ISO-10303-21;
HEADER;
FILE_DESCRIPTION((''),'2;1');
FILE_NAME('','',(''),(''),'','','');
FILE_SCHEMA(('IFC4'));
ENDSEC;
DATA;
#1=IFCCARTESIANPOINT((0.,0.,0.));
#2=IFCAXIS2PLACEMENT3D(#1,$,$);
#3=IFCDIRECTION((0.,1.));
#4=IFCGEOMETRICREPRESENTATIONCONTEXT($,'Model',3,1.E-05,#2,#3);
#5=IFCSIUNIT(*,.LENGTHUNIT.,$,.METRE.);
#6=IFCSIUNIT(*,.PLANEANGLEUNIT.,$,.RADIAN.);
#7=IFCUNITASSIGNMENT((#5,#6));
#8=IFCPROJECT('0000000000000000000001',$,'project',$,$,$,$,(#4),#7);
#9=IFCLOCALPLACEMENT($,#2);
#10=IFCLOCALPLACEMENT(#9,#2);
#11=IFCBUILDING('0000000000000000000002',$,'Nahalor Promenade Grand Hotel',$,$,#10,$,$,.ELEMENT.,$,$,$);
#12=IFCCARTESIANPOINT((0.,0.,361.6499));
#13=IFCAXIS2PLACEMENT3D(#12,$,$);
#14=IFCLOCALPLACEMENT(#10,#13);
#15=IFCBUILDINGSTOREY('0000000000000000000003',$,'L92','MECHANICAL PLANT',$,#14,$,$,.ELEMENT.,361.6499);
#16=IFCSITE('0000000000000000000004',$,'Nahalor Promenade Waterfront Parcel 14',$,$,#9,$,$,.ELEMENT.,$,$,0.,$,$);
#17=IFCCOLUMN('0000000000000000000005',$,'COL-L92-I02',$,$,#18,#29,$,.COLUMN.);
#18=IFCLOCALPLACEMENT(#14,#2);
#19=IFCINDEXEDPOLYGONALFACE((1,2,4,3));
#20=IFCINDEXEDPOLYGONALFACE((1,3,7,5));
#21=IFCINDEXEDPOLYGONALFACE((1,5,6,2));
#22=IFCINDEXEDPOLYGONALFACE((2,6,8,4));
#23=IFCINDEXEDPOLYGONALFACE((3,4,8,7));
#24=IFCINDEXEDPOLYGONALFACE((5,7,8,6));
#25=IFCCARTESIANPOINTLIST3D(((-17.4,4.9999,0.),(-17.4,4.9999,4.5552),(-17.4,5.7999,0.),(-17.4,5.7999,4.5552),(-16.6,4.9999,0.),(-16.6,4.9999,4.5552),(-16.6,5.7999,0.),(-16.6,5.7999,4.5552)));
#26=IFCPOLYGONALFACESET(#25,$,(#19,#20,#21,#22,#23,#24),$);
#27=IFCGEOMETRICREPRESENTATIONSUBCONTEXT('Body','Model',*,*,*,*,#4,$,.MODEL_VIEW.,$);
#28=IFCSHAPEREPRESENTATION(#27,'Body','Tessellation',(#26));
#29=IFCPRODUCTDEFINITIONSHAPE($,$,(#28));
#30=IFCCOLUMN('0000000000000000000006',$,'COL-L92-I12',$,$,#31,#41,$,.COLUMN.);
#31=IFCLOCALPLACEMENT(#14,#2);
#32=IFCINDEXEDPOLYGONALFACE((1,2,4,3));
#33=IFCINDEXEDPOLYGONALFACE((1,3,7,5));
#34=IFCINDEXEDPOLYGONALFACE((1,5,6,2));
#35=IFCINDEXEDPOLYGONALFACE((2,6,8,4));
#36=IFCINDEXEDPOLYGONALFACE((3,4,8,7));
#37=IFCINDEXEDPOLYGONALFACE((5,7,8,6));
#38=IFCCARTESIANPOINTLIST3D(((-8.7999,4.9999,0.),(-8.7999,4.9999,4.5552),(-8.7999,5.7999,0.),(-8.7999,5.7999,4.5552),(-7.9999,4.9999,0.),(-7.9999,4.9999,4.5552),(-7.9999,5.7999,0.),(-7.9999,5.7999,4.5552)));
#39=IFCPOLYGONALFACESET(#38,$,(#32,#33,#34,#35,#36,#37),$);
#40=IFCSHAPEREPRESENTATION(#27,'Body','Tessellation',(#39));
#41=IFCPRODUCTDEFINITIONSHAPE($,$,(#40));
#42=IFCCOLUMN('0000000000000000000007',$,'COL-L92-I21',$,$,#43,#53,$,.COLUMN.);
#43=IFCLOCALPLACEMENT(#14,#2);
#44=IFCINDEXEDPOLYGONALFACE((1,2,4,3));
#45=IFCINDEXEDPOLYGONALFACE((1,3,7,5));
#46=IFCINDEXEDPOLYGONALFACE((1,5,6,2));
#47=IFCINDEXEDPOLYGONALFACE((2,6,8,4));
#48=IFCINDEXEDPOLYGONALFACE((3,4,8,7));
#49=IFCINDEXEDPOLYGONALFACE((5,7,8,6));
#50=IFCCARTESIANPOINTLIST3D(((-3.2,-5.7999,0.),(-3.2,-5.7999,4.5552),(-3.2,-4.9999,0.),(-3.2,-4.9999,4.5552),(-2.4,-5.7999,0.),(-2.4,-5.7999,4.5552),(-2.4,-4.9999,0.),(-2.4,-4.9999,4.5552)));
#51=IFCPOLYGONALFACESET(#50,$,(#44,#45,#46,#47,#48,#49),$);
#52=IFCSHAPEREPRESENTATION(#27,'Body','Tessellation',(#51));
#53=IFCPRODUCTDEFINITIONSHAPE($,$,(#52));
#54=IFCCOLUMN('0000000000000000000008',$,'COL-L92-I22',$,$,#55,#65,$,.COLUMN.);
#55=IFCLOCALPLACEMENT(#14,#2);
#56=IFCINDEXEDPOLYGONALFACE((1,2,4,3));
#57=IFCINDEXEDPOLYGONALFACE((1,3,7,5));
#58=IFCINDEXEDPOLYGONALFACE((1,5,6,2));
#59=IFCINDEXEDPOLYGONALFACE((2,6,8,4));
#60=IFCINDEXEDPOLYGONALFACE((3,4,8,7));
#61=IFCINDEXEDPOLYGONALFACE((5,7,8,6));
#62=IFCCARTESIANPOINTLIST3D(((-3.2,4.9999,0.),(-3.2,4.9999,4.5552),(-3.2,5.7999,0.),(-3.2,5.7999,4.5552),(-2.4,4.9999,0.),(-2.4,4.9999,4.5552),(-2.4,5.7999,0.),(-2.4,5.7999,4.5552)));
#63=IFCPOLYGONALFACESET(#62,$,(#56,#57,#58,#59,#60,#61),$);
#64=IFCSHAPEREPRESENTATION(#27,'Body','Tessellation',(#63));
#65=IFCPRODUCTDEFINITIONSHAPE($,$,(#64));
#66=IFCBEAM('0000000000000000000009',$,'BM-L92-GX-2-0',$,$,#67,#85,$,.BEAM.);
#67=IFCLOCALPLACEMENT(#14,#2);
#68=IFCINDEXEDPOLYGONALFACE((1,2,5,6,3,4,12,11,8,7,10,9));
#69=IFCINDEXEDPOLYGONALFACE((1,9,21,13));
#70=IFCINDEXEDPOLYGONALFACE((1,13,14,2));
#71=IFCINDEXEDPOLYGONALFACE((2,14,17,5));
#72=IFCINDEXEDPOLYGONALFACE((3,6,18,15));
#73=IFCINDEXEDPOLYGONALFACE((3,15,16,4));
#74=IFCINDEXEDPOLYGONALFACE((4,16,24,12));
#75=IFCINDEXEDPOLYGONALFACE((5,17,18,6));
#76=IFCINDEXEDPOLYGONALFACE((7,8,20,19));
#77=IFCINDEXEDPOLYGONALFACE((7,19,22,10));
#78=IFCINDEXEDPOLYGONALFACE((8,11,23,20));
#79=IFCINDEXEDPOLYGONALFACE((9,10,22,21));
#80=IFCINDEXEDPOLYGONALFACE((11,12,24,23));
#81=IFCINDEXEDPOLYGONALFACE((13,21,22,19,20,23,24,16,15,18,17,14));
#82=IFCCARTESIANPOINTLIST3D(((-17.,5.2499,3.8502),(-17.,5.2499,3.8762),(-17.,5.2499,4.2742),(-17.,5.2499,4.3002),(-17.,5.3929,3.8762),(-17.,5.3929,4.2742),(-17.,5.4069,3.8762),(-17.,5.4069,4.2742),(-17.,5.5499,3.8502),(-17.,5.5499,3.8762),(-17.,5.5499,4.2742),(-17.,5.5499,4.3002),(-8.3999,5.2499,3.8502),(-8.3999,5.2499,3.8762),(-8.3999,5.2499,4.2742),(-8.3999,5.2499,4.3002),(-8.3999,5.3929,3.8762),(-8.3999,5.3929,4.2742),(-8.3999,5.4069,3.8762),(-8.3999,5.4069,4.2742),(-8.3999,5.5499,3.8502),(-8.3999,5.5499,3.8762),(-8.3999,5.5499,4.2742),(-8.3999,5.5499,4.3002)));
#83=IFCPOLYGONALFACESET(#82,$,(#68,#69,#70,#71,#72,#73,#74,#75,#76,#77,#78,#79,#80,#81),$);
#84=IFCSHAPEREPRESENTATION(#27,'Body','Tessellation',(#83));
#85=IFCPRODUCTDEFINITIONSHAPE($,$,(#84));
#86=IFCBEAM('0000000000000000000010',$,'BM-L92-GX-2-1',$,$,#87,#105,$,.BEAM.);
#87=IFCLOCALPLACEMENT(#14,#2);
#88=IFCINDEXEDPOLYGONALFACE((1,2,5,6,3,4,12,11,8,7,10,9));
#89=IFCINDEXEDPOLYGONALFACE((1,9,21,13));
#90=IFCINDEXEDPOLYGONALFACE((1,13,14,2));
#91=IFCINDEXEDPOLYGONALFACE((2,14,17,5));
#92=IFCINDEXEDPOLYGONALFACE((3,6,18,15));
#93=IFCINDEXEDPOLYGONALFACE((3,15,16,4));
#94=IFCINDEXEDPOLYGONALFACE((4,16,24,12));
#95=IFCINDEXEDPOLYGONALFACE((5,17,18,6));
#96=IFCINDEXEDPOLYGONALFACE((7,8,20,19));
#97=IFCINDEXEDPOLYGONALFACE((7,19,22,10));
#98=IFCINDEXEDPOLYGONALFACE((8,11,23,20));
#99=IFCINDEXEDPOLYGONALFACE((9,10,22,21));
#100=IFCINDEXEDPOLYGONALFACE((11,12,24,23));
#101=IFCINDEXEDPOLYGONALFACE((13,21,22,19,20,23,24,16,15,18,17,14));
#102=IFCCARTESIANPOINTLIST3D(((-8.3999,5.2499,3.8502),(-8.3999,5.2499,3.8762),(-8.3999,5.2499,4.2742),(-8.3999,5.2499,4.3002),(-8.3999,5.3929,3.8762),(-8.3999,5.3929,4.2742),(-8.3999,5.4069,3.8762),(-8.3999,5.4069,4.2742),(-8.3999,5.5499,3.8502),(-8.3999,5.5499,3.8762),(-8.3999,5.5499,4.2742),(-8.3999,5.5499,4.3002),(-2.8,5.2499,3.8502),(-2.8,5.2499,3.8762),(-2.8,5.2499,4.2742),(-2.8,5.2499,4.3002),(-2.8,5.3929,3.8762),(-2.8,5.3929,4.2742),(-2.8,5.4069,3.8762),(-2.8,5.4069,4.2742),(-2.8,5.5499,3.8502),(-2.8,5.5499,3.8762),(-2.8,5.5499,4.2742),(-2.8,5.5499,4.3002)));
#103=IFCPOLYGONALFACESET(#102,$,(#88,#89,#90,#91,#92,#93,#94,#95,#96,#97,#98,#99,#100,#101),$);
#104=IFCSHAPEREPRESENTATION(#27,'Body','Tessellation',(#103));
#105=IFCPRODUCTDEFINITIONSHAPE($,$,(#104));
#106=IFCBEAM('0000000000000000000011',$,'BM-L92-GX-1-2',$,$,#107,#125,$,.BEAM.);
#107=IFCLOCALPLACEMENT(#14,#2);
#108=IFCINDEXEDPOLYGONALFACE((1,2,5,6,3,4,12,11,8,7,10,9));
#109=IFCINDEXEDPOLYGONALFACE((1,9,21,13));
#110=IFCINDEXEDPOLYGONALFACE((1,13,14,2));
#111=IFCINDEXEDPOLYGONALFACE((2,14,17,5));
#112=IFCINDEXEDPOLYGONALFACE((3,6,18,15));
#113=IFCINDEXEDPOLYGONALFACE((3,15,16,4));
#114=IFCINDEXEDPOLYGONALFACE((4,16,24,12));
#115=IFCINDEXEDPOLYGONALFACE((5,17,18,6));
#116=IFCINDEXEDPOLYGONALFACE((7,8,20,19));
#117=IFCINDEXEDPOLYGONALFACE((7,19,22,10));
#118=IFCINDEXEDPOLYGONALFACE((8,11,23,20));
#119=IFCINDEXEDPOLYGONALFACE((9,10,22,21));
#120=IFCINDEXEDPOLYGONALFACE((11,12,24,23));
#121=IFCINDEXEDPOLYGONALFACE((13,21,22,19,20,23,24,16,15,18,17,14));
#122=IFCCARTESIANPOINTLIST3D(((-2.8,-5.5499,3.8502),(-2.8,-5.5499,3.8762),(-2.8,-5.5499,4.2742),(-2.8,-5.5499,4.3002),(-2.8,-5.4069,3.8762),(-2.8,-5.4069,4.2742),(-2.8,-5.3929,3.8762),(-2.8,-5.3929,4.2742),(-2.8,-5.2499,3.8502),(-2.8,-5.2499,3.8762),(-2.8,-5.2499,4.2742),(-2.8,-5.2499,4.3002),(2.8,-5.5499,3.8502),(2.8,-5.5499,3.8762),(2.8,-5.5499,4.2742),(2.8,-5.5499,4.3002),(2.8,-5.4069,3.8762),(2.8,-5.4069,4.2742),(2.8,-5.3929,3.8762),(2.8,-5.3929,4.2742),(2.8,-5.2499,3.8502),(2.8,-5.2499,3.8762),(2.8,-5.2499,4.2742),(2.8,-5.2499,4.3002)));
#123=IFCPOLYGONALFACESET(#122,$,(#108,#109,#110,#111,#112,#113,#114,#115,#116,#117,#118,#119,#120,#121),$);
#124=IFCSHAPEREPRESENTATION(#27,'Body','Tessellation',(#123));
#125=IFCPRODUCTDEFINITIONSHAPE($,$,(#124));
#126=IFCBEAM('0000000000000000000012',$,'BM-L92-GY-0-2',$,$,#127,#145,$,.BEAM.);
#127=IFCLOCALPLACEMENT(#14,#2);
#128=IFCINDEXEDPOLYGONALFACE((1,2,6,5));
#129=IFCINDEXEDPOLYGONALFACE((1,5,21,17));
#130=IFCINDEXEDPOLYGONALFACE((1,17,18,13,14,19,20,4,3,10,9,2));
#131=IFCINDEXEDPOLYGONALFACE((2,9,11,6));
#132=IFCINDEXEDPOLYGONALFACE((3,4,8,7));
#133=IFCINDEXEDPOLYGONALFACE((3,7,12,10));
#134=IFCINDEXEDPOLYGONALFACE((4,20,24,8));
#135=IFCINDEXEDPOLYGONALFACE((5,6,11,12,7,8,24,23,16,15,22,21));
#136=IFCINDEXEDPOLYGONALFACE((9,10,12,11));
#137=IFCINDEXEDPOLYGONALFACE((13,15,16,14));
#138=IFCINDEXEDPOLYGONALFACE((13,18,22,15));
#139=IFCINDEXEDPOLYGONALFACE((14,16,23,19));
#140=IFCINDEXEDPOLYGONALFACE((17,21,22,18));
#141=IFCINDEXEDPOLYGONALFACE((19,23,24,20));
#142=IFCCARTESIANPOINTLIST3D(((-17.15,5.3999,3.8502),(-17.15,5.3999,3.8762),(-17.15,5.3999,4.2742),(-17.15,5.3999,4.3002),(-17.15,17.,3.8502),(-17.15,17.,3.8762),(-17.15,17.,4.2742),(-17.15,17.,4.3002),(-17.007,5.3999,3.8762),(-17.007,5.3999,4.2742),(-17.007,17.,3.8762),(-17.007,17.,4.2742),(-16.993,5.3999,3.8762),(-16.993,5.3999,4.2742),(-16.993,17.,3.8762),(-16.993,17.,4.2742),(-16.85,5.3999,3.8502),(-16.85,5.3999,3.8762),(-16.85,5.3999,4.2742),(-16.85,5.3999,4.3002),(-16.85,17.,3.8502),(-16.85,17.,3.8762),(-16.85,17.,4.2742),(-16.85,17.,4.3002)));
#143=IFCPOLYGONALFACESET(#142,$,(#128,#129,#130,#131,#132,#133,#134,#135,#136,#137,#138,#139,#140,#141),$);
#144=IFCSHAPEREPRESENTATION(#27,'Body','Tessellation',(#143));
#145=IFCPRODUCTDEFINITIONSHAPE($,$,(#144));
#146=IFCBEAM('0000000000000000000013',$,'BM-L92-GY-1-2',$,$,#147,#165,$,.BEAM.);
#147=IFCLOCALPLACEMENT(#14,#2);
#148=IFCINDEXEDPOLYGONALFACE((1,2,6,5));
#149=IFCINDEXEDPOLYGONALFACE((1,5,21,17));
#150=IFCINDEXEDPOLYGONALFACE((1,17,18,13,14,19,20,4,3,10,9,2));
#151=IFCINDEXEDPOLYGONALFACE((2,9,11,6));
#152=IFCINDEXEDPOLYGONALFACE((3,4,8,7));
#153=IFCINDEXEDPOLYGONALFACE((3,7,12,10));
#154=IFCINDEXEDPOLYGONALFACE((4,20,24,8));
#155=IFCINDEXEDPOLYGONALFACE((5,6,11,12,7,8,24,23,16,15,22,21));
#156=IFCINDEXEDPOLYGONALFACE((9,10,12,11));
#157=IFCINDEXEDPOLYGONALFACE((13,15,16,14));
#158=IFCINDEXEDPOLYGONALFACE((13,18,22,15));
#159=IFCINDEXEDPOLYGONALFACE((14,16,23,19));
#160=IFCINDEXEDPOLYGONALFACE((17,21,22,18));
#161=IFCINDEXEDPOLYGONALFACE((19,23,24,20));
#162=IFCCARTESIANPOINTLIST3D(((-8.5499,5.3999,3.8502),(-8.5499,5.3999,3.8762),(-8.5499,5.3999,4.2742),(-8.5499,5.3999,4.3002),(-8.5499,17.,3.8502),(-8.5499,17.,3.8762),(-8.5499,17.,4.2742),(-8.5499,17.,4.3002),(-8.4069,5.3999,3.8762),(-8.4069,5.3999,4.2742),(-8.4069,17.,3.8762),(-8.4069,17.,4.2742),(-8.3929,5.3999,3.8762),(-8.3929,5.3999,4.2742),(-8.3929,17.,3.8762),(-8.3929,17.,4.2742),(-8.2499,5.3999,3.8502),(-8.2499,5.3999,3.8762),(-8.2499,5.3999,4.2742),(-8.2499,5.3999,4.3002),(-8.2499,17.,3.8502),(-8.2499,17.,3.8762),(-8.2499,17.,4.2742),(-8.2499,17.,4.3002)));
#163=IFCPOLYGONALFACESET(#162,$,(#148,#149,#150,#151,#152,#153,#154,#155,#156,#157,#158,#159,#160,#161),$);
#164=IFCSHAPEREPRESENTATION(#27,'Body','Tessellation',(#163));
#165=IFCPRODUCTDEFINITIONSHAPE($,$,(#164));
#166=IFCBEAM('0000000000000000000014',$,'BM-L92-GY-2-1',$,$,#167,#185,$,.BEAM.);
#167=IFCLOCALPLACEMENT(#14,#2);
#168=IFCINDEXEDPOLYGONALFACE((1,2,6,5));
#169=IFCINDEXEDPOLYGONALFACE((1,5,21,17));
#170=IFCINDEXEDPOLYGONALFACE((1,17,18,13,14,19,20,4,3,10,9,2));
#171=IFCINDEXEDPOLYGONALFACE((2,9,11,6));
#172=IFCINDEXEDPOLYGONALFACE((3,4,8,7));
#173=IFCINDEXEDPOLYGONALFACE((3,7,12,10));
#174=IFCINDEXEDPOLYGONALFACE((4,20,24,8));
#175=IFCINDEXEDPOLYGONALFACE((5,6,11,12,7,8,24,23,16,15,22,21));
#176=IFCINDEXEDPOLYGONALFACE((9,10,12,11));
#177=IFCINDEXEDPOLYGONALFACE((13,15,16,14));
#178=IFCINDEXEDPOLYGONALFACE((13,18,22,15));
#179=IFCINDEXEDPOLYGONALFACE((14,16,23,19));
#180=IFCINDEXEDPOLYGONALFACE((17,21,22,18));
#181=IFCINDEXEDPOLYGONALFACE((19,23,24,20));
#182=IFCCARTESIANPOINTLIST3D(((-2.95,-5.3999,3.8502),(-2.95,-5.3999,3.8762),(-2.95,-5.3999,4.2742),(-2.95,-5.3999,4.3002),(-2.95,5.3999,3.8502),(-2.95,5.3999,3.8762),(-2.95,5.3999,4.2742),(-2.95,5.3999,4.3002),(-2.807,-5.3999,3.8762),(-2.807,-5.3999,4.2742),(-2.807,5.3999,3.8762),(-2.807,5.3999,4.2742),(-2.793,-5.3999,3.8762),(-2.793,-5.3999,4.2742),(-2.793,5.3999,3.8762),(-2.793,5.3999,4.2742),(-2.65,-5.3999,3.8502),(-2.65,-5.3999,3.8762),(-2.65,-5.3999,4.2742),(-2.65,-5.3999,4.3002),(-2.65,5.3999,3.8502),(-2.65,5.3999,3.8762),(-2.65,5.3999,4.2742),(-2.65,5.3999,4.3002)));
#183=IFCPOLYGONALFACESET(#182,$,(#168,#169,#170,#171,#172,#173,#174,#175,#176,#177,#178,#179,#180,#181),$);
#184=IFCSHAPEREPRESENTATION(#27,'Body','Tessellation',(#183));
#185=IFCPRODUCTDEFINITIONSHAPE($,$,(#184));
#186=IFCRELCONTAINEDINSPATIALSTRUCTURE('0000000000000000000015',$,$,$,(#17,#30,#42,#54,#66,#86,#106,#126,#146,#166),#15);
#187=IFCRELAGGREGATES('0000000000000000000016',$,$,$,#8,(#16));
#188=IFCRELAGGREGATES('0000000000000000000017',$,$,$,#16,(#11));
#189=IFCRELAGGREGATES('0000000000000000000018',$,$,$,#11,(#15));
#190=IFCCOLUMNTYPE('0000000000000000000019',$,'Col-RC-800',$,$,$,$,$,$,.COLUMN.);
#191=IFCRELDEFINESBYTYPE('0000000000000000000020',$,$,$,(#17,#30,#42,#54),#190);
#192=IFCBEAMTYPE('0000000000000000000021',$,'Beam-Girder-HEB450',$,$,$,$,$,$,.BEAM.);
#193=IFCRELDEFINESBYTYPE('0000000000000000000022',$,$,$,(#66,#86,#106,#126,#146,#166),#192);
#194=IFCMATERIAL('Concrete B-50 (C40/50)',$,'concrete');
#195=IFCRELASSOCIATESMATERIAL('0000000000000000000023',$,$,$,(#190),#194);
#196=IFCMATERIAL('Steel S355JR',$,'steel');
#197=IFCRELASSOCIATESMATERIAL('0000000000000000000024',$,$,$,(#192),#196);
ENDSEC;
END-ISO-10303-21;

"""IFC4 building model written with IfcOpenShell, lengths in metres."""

from ifc_helpers import new_model, si_unit, direction, frame, origin, origin_2d, place, context, subcontext, project, spatial, rectangle, i_section, extrude, source, transform, mapped, material, material_profile, profile_set, type_object, element, save


model = new_model("IFC4")

# Units and contexts
model_context = context("Model", 3, precision=1e-05, world=origin(), true_north=direction((0.0, 1.0)))
body_context = subcontext(model_context, "Body", "Model", "MODEL_VIEW")
ifc_project = project(units=[si_unit("LENGTHUNIT", "METRE"), si_unit("PLANEANGLEUNIT", "RADIAN")], contexts=[model_context])

# Site, building, storey
site_placement = place(None, origin())
site = spatial("IfcSite", under=ifc_project, at=site_placement, Name="Nahalor Promenade Waterfront Parcel 14", CompositionType="ELEMENT", RefElevation=0.0)
building_placement = place(site_placement, origin())
building = spatial("IfcBuilding", under=site, at=building_placement, Name="Nahalor Promenade Grand Hotel", CompositionType="ELEMENT")
storey_placement = place(building_placement, frame((0.0, 0.0, 361.6499)))
storey = spatial("IfcBuildingStorey", under=building, at=storey_placement, Name="L92", Description="MECHANICAL PLANT", CompositionType="ELEMENT", Elevation=361.6499)

# Columns
ifc_material_1 = material(Name="Concrete B-50 (C40/50)", Category="concrete")
ifc_material_profile_1 = material_profile(ifc_material_1, rectangle(XDim=0.8, YDim=0.8, at=origin_2d()), Name="RC 800x800")
ifc_profile_set_1 = profile_set([ifc_material_profile_1], Name="Concrete B-50 (C40/50)")
column_type = type_object("IfcColumnType", Name="Col-RC-800", PredefinedType="COLUMN", material=ifc_profile_set_1)
shared_shape_1 = source(origin(), body_context, "Body", "SweptSolid", [
    extrude(rectangle(XDim=0.8, YDim=0.8, at=origin_2d()), origin(), (0.0, 0.0, 1.0), 4.5552),
])
for number, where, z_axis, x_axis, name in (
    (1, (-17.0, 5.3999, 0.0), (0.0, 0.0, 1.0), (1.0, 0.0, 0.0), "COL-L92-I02"),
    (2, (-8.3999, 5.3999, 0.0), (0.0, 0.0, 1.0), (1.0, 0.0, 0.0), "COL-L92-I12"),
    (3, (-2.8, -5.3999, 0.0), (0.0, 0.0, 1.0), (1.0, 0.0, 0.0), "COL-L92-I21"),
    (4, (-2.8, 5.3999, 0.0), (0.0, 0.0, 1.0), (1.0, 0.0, 0.0), "COL-L92-I22"),
):
    element("IfcColumn", number, at=place(storey_placement, frame(where, z_axis=z_axis, x_axis=x_axis)), inside=storey, type_object=column_type, Name=name, PredefinedType="COLUMN", context=body_context, shape_type="MappedRepresentation", body=[
        mapped(shared_shape_1, transform((0.0, 0.0, 0.0), scale=1.0)),
    ])

# Beams
ifc_material_2 = material(Name="Steel S355JR", Category="steel")
ifc_material_profile_2 = material_profile(ifc_material_2, i_section(OverallWidth=0.3, OverallDepth=0.45, WebThickness=0.014, FlangeThickness=0.026, at=origin_2d()), Name="HEB 450")
ifc_profile_set_2 = profile_set([ifc_material_profile_2], Name="Steel S355JR")
beam_type_1 = type_object("IfcBeamType", Name="Beam-Girder-HEB450", PredefinedType="BEAM", material=ifc_profile_set_2)
shared_shape_2 = source(origin(), body_context, "Body", "SweptSolid", [
    extrude(i_section(OverallWidth=0.3, OverallDepth=0.45, WebThickness=0.014, FlangeThickness=0.026, at=origin_2d()), origin(), (0.0, 0.0, 1.0), 8.6001),
])
beam_1_placement = place(storey_placement, frame((-17.0, 5.3999, 4.0752), z_axis=(1.0, 0.0, 0.0), x_axis=(0.0, 1.0, 0.0)))
element("IfcBeam", 5, at=beam_1_placement, inside=storey, type_object=beam_type_1, Name="BM-L92-GX-2-0", PredefinedType="BEAM", context=body_context, shape_type="MappedRepresentation", body=[
    mapped(shared_shape_2, transform((0.0, 0.0, 0.0), scale=1.0)),
])
shared_shape_3 = source(origin(), body_context, "Body", "SweptSolid", [
    extrude(i_section(OverallWidth=0.3, OverallDepth=0.45, WebThickness=0.014, FlangeThickness=0.026, at=origin_2d()), origin(), (0.0, 0.0, 1.0), 5.5999),
])
beam_2_placement = place(storey_placement, frame((-8.3999, 5.3999, 4.0752), z_axis=(1.0, 0.0, 0.0), x_axis=(0.0, 1.0, 0.0)))
element("IfcBeam", 6, at=beam_2_placement, inside=storey, type_object=beam_type_1, Name="BM-L92-GX-2-1", PredefinedType="BEAM", context=body_context, shape_type="MappedRepresentation", body=[
    mapped(shared_shape_3, transform((0.0, 0.0, 0.0), scale=1.0)),
])
shared_shape_4 = source(origin(), body_context, "Body", "SweptSolid", [
    extrude(i_section(OverallWidth=0.3, OverallDepth=0.45, WebThickness=0.014, FlangeThickness=0.026, at=origin_2d()), origin(), (0.0, 0.0, 1.0), 5.6001),
])
beam_3_placement = place(storey_placement, frame((-2.8, -5.3999, 4.0752), z_axis=(1.0, 0.0, 0.0), x_axis=(0.0, 1.0, 0.0)))
element("IfcBeam", 7, at=beam_3_placement, inside=storey, type_object=beam_type_1, Name="BM-L92-GX-1-2", PredefinedType="BEAM", context=body_context, shape_type="MappedRepresentation", body=[
    mapped(shared_shape_4, transform((0.0, 0.0, 0.0), scale=1.0)),
])
shared_shape_5 = source(origin(), body_context, "Body", "SweptSolid", [
    extrude(i_section(OverallWidth=0.3, OverallDepth=0.45, WebThickness=0.014, FlangeThickness=0.026, at=origin_2d()), origin(), (0.0, 0.0, 1.0), 11.6001),
])
for number, where, z_axis, x_axis, name in (
    (8, (-17.0, 5.3999, 4.0752), (0.0, 1.0, 0.0), (-1.0, 0.0, 0.0), "BM-L92-GY-0-2"),
    (9, (-8.3999, 5.3999, 4.0752), (0.0, 1.0, 0.0), (-1.0, 0.0, 0.0), "BM-L92-GY-1-2"),
):
    element("IfcBeam", number, at=place(storey_placement, frame(where, z_axis=z_axis, x_axis=x_axis)), inside=storey, type_object=beam_type_1, Name=name, PredefinedType="BEAM", context=body_context, shape_type="MappedRepresentation", body=[
        mapped(shared_shape_5, transform((0.0, 0.0, 0.0), scale=1.0)),
    ])
shared_shape_6 = source(origin(), body_context, "Body", "SweptSolid", [
    extrude(i_section(OverallWidth=0.3, OverallDepth=0.45, WebThickness=0.014, FlangeThickness=0.026, at=origin_2d()), origin(), (0.0, 0.0, 1.0), 10.7998),
])
beam_4_placement = place(storey_placement, frame((-2.8, -5.3999, 4.0752), z_axis=(0.0, 1.0, 0.0), x_axis=(-1.0, 0.0, 0.0)))
element("IfcBeam", 10, at=beam_4_placement, inside=storey, type_object=beam_type_1, Name="BM-L92-GY-2-1", PredefinedType="BEAM", context=body_context, shape_type="MappedRepresentation", body=[
    mapped(shared_shape_6, transform((0.0, 0.0, 0.0), scale=1.0)),
])

save(model, "model.ifc")
